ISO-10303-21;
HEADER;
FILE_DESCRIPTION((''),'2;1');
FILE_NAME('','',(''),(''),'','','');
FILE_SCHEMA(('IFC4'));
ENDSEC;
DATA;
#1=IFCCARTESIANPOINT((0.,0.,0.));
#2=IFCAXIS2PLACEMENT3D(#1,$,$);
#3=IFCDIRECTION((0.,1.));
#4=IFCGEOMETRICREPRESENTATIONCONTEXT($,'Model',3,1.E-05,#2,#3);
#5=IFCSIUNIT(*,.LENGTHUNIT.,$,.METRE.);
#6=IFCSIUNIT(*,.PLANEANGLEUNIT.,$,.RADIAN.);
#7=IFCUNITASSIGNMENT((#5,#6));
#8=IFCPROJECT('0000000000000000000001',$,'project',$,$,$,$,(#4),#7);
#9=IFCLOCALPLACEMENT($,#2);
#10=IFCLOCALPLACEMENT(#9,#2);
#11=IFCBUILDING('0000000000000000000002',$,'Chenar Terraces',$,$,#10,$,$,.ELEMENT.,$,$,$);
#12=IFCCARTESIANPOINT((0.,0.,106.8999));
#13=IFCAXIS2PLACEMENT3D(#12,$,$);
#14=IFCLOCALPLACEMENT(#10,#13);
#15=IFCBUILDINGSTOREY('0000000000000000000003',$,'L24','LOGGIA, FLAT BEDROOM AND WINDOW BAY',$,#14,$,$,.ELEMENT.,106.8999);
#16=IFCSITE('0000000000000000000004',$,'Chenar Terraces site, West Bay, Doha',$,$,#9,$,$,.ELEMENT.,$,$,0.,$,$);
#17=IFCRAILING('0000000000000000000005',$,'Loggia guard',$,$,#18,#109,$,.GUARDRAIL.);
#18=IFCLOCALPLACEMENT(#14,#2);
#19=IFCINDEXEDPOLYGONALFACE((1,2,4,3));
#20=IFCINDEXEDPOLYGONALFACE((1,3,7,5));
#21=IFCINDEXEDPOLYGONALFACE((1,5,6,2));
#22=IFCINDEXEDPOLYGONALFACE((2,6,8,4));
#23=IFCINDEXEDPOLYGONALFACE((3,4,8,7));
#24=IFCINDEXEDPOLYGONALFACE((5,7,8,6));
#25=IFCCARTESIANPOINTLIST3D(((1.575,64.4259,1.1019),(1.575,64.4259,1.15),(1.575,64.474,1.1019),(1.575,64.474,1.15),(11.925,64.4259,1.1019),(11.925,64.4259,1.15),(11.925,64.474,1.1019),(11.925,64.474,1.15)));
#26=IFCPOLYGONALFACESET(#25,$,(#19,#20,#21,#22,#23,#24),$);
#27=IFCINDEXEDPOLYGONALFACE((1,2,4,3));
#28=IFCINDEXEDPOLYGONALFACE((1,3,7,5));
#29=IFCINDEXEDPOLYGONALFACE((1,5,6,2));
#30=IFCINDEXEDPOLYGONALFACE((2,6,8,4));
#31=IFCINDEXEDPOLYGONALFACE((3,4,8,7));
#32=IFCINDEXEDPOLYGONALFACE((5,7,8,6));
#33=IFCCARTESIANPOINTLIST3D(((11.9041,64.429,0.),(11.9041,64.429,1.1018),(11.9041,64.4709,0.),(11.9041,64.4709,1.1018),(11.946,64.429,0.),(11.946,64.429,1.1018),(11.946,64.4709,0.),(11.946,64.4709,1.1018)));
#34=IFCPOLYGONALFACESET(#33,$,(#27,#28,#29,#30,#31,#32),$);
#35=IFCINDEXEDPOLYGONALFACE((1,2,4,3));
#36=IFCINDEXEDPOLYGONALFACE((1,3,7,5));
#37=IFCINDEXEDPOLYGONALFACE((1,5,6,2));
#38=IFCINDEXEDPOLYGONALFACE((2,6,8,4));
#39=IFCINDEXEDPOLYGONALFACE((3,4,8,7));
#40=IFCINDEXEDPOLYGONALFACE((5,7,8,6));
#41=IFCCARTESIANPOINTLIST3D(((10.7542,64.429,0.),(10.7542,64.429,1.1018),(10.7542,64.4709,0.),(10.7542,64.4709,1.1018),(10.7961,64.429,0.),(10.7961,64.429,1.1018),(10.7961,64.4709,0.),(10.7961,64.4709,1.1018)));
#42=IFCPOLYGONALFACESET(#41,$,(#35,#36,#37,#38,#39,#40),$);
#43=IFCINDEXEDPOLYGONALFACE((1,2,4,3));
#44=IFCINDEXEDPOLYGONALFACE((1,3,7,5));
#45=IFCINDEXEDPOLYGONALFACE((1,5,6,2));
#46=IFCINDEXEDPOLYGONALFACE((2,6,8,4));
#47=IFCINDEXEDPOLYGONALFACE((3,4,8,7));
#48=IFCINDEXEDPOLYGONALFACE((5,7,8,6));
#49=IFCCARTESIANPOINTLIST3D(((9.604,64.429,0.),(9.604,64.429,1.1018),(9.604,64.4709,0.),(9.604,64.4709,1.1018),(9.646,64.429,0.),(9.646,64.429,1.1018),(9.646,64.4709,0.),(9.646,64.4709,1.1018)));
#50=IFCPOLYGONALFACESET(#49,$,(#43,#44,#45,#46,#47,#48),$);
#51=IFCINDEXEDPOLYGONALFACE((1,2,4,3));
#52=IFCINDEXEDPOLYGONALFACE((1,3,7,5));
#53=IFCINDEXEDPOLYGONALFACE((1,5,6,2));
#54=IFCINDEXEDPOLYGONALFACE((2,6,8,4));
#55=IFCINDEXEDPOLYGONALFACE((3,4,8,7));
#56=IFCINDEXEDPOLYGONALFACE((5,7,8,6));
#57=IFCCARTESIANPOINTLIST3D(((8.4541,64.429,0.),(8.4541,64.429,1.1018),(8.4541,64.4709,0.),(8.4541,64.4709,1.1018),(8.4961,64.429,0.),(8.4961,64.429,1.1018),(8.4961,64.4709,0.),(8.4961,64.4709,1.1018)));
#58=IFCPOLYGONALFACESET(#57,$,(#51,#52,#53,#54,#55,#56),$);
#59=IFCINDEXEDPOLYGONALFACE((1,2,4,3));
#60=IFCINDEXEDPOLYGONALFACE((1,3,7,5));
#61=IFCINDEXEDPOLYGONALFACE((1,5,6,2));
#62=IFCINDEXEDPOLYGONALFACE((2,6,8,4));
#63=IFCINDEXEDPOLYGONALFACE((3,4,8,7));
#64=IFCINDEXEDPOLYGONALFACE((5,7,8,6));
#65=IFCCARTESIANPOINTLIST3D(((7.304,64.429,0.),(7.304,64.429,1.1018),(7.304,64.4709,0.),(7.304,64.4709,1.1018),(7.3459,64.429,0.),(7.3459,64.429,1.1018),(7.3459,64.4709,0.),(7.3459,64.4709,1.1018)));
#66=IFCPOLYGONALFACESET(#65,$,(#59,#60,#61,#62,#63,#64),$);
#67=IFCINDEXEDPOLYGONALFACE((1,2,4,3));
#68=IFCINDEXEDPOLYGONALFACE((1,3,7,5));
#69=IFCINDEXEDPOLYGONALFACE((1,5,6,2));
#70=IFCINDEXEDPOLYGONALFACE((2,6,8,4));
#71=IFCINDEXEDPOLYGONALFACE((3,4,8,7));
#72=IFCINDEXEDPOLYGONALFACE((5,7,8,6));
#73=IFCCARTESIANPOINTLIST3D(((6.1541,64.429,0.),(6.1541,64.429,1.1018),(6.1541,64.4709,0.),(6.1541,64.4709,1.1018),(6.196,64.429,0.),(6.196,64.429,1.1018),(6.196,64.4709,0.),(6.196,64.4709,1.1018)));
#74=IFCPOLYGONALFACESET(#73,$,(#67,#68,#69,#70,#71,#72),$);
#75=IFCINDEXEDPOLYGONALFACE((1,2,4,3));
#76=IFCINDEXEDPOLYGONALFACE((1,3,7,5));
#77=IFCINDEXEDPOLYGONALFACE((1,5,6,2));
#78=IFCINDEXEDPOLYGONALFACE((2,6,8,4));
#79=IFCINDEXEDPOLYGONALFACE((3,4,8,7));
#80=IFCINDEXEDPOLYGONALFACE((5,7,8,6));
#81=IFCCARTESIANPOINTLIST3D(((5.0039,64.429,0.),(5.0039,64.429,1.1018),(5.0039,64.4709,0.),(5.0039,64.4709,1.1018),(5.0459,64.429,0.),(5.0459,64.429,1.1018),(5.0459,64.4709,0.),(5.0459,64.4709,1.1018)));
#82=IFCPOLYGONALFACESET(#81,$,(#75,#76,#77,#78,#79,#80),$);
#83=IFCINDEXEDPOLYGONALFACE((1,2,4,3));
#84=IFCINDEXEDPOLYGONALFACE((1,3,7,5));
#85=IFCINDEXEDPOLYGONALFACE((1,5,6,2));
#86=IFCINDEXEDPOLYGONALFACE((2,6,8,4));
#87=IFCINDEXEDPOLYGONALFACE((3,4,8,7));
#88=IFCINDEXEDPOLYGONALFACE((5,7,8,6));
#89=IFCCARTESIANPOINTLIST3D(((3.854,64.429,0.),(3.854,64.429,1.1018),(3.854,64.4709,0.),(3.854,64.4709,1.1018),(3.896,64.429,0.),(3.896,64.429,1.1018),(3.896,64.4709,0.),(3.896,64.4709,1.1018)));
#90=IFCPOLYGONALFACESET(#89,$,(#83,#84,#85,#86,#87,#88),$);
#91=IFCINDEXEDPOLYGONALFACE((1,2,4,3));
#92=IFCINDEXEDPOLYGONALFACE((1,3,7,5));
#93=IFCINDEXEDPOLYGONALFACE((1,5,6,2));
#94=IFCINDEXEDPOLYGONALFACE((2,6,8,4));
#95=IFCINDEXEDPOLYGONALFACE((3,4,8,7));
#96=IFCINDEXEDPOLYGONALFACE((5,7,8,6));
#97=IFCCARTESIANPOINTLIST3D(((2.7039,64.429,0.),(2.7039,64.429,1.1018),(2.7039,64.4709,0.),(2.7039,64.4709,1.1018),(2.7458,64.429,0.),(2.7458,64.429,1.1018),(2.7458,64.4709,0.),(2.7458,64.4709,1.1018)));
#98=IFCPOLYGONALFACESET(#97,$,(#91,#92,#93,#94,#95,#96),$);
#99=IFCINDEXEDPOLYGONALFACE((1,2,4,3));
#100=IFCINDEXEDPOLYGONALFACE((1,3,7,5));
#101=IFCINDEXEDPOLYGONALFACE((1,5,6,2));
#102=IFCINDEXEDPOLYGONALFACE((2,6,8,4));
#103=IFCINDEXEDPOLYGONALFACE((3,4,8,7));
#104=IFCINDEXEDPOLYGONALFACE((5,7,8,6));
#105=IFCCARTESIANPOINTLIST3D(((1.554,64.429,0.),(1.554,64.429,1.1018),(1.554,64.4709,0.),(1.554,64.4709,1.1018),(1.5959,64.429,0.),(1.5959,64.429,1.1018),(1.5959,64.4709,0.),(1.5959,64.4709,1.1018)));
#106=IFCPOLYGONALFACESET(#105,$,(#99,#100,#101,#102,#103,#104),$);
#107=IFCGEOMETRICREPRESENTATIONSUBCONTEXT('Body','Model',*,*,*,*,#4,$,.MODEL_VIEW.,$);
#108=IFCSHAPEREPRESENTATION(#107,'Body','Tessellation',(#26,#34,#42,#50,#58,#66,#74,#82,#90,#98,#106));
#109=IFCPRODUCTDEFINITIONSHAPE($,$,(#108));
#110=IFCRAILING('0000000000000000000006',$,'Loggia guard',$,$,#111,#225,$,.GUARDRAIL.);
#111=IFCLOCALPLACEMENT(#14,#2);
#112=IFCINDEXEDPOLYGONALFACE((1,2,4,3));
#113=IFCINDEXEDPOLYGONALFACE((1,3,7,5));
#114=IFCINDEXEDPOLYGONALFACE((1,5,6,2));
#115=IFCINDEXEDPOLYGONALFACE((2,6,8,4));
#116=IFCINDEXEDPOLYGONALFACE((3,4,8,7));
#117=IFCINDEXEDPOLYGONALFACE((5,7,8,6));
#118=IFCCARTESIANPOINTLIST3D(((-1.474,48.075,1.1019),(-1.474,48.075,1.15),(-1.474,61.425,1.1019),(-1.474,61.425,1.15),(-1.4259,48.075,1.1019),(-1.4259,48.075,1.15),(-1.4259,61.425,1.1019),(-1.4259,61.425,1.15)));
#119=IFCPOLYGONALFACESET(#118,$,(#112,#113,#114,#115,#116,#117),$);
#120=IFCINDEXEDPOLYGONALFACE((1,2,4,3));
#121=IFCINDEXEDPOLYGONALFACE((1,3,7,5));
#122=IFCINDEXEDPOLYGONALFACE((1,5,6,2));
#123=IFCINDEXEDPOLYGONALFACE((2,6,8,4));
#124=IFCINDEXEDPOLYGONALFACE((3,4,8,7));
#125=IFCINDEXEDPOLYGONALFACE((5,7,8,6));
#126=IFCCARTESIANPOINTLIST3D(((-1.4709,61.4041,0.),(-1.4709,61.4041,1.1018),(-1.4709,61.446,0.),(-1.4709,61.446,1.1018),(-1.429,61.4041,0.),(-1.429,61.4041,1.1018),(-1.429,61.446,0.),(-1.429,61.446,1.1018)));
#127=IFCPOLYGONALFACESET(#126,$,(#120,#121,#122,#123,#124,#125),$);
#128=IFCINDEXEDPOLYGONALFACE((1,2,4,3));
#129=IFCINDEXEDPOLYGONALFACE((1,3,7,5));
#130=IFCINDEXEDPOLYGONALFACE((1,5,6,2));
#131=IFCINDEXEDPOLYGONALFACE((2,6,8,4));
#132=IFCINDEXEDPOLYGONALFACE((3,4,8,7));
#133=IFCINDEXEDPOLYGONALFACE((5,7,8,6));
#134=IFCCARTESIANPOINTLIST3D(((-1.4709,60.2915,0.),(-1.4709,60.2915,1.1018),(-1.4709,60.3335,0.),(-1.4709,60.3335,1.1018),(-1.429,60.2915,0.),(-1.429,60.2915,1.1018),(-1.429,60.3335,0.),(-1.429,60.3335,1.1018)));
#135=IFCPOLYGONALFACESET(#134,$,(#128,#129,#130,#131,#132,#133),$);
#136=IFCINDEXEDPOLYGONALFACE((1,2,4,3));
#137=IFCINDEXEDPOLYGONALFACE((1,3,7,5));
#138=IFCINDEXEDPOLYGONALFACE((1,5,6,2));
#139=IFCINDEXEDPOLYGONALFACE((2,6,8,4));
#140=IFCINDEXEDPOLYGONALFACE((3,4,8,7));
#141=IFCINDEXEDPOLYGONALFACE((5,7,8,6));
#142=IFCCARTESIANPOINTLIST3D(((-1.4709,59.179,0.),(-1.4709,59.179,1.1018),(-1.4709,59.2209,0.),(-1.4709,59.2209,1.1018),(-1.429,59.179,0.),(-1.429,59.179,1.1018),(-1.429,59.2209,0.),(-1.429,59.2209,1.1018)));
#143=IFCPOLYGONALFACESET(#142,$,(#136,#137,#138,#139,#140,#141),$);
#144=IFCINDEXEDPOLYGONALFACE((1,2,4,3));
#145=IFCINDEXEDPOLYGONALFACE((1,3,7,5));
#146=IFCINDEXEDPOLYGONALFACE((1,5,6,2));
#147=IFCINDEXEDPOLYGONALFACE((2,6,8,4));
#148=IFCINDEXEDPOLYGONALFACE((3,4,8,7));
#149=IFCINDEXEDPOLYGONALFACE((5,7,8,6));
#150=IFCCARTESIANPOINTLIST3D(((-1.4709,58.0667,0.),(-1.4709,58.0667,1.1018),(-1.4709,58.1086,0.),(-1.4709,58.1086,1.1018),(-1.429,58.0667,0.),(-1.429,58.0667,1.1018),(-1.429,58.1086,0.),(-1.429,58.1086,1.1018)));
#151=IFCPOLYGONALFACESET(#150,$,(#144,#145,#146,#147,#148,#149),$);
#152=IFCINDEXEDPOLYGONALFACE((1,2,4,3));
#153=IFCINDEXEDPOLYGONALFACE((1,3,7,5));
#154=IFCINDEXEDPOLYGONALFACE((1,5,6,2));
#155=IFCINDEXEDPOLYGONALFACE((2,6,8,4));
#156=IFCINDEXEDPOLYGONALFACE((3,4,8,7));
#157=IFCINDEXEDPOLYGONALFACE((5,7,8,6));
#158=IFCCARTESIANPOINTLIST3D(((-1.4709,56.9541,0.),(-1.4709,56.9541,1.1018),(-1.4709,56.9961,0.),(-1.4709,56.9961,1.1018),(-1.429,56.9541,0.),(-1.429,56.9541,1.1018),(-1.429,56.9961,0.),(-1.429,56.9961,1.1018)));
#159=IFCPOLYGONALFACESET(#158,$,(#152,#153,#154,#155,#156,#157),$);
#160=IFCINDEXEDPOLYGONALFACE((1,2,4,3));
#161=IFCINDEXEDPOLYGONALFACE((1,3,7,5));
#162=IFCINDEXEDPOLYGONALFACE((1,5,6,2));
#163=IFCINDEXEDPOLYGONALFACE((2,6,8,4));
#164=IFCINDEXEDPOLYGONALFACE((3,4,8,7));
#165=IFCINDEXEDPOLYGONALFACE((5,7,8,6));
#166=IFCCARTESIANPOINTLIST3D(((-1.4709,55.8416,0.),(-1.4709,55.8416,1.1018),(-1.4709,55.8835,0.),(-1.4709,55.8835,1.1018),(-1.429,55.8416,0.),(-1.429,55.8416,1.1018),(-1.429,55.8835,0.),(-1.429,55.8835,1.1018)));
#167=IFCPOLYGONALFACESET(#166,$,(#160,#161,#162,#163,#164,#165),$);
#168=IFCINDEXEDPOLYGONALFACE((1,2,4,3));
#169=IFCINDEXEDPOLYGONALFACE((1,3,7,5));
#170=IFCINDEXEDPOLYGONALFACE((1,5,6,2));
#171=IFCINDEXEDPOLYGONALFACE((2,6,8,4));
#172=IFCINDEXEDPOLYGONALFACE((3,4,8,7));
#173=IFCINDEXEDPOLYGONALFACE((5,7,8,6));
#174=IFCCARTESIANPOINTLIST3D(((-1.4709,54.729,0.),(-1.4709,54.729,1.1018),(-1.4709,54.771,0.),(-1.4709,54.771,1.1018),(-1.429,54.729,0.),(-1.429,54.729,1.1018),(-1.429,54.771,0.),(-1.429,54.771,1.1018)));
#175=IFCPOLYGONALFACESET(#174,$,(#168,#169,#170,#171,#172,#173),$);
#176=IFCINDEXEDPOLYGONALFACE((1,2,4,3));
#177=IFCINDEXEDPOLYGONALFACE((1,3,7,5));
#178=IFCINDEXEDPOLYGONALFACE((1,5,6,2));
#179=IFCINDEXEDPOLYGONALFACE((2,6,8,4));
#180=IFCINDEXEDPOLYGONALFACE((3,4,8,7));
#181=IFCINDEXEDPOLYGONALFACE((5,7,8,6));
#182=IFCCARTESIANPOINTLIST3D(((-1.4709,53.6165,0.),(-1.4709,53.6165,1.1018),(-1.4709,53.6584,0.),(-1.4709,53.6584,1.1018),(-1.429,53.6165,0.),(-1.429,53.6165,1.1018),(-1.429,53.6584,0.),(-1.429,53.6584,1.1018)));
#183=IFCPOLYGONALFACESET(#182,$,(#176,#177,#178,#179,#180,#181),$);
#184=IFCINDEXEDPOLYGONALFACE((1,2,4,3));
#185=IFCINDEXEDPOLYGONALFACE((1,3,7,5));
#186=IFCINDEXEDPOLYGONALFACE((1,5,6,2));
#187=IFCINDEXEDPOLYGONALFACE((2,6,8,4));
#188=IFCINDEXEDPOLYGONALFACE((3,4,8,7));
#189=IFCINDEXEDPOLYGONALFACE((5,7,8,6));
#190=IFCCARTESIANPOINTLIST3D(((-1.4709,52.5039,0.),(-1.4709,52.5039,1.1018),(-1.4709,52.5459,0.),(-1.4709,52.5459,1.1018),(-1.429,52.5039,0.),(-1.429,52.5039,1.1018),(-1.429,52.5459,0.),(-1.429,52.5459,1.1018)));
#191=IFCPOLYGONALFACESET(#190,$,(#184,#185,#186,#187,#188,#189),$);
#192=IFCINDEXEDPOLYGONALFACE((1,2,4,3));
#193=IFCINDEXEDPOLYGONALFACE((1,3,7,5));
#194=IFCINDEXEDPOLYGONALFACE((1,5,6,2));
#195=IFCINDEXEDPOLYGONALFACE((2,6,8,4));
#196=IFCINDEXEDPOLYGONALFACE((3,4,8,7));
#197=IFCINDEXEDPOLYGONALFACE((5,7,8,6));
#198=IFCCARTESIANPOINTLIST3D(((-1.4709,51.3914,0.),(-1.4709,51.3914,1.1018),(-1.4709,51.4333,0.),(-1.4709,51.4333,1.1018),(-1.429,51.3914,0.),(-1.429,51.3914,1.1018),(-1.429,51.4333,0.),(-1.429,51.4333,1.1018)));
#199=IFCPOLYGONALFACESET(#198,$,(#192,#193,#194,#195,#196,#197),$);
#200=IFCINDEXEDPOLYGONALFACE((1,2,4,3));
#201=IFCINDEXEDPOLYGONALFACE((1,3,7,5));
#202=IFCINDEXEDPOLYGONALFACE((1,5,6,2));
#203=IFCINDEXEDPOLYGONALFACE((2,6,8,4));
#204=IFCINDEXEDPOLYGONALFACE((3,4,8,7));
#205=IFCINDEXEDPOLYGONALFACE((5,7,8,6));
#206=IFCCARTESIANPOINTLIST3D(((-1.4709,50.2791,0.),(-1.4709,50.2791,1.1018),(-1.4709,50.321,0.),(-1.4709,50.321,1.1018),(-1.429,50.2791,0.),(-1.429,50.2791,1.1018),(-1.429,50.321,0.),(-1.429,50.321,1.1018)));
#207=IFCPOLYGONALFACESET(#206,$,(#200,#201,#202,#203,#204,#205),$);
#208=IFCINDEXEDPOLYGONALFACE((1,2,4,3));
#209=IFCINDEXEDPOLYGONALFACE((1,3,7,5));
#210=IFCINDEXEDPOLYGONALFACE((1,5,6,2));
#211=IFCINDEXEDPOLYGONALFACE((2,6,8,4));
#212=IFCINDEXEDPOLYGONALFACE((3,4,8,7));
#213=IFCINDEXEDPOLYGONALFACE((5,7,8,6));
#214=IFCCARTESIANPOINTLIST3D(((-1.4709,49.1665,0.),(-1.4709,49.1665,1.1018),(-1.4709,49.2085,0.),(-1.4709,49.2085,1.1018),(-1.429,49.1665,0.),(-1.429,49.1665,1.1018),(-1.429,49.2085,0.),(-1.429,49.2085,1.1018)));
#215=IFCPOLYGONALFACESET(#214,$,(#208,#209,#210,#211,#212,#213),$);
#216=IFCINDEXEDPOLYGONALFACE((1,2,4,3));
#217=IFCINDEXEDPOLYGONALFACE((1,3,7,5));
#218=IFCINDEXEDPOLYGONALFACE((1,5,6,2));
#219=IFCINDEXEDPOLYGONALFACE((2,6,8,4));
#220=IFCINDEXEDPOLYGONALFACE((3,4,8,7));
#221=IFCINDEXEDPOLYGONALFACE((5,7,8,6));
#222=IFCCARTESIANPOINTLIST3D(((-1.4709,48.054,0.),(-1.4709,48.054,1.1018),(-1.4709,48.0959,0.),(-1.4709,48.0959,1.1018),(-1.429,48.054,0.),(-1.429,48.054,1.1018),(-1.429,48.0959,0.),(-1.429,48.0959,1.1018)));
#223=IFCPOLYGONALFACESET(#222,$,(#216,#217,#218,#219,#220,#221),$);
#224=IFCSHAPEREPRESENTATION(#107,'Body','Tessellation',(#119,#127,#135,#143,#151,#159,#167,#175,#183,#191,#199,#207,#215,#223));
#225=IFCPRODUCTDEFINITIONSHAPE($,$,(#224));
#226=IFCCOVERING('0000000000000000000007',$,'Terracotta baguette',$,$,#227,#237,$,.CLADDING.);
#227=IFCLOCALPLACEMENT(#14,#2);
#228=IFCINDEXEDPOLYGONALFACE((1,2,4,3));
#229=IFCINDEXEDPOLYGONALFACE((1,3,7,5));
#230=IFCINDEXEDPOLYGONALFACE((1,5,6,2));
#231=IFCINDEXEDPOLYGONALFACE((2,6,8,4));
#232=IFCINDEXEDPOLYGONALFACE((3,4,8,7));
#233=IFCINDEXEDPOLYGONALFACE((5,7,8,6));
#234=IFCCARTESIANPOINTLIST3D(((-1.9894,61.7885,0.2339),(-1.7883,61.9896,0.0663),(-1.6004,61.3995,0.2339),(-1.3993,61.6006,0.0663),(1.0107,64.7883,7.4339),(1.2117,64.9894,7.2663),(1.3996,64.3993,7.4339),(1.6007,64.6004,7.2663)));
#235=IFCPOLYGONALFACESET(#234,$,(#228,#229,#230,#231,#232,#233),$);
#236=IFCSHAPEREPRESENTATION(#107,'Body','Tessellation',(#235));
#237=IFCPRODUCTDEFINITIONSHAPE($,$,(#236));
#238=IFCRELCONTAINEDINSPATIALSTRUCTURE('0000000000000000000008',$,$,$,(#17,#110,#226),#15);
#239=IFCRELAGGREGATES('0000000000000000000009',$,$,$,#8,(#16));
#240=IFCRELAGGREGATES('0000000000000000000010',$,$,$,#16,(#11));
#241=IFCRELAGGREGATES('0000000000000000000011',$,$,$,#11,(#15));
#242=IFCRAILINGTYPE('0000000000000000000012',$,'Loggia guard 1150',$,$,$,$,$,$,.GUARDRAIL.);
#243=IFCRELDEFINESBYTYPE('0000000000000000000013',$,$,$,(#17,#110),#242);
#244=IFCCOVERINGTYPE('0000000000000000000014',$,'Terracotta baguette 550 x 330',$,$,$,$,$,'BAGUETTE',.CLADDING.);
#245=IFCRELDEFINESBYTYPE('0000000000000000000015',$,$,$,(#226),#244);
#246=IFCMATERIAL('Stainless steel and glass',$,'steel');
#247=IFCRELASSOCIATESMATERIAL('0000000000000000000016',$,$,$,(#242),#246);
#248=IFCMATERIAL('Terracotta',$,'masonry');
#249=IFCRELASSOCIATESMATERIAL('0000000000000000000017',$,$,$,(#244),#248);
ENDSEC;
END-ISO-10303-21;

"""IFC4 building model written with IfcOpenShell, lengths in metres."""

from ifc_helpers import new_model, si_unit, direction, frame, origin, origin_2d, place, context, subcontext, project, spatial, rectangle, extrude, material, material_profile, profile_set, type_object, element, save


model = new_model("IFC4")

# Units and contexts
model_context = context("Model", 3, precision=1e-05, world=origin(), true_north=direction((0.0, 1.0)))
body_context = subcontext(model_context, "Body", "Model", "MODEL_VIEW")
ifc_project = project(units=[si_unit("LENGTHUNIT", "METRE"), si_unit("PLANEANGLEUNIT", "RADIAN")], contexts=[model_context])

# Site, building, storey
site_placement = place(None, origin())
site = spatial("IfcSite", under=ifc_project, at=site_placement, Name="Chenar Terraces site, West Bay, Doha", CompositionType="ELEMENT", RefElevation=0.0)
building_placement = place(site_placement, origin())
building = spatial("IfcBuilding", under=site, at=building_placement, Name="Chenar Terraces", CompositionType="ELEMENT")
storey_placement = place(building_placement, frame((0.0, 0.0, 106.8999)))
storey = spatial("IfcBuildingStorey", under=building, at=storey_placement, Name="L24", Description="LOGGIA, FLAT BEDROOM AND WINDOW BAY", CompositionType="ELEMENT", Elevation=106.8999)

# Railings
ifc_material_1 = material(Name="Stainless steel and glass", Category="steel")
railing_type = type_object("IfcRailingType", Name="Loggia guard 1150", PredefinedType="GUARDRAIL", material=ifc_material_1)
railing_1_placement = place(storey_placement, frame((11.925, 64.45, 0.0)))
element("IfcRailing", 1, at=railing_1_placement, inside=storey, type_object=railing_type, Name="Loggia guard", PredefinedType="GUARDRAIL", context=body_context, shape_type="SweptSolid", body=[
    extrude(rectangle(XDim=0.0481, YDim=0.0481, at=origin_2d()), frame((0.0, 0.0, 1.126), z_axis=(-1.0, 0.0, 0.0), x_axis=(0.0, -1.0, 0.0)), (0.0, 0.0, 1.0), 10.3501),
    extrude(rectangle(XDim=0.042, YDim=0.042, at=origin_2d()), origin(), (0.0, 0.0, 1.0), 1.1018),
    extrude(rectangle(XDim=0.042, YDim=0.042, at=origin_2d()), frame((-1.1499, 0.0, 0.0)), (0.0, 0.0, 1.0), 1.1018),
    extrude(rectangle(XDim=0.042, YDim=0.042, at=origin_2d()), frame((-2.3, 0.0, 0.0)), (0.0, 0.0, 1.0), 1.1018),
    extrude(rectangle(XDim=0.042, YDim=0.042, at=origin_2d()), frame((-3.45, 0.0, 0.0)), (0.0, 0.0, 1.0), 1.1018),
    extrude(rectangle(XDim=0.042, YDim=0.042, at=origin_2d()), frame((-4.6001, 0.0, 0.0)), (0.0, 0.0, 1.0), 1.1018),
    extrude(rectangle(XDim=0.042, YDim=0.042, at=origin_2d()), frame((-5.75, 0.0, 0.0)), (0.0, 0.0, 1.0), 1.1018),
    extrude(rectangle(XDim=0.042, YDim=0.042, at=origin_2d()), frame((-6.9001, 0.0, 0.0)), (0.0, 0.0, 1.0), 1.1018),
    extrude(rectangle(XDim=0.042, YDim=0.042, at=origin_2d()), frame((-8.05, 0.0, 0.0)), (0.0, 0.0, 1.0), 1.1018),
    extrude(rectangle(XDim=0.042, YDim=0.042, at=origin_2d()), frame((-9.2002, 0.0, 0.0)), (0.0, 0.0, 1.0), 1.1018),
    extrude(rectangle(XDim=0.042, YDim=0.042, at=origin_2d()), frame((-10.3501, 0.0, 0.0)), (0.0, 0.0, 1.0), 1.1018),
])
railing_2_placement = place(storey_placement, frame((-1.45, 61.425, 0.0)))
element("IfcRailing", 2, at=railing_2_placement, inside=storey, type_object=railing_type, Name="Loggia guard", PredefinedType="GUARDRAIL", context=body_context, shape_type="SweptSolid", body=[
    extrude(rectangle(XDim=0.0481, YDim=0.0481, at=origin_2d()), frame((0.0, 0.0, 1.126), z_axis=(0.0, -1.0, 0.0), x_axis=(1.0, 0.0, 0.0)), (0.0, 0.0, 1.0), 13.3501),
    extrude(rectangle(XDim=0.042, YDim=0.042, at=origin_2d()), origin(), (0.0, 0.0, 1.0), 1.1018),
    extrude(rectangle(XDim=0.042, YDim=0.042, at=origin_2d()), frame((0.0, -1.1125, 0.0)), (0.0, 0.0, 1.0), 1.1018),
    extrude(rectangle(XDim=0.042, YDim=0.042, at=origin_2d()), frame((0.0, -2.2251, 0.0)), (0.0, 0.0, 1.0), 1.1018),
    extrude(rectangle(XDim=0.042, YDim=0.042, at=origin_2d()), frame((0.0, -3.3374, 0.0)), (0.0, 0.0, 1.0), 1.1018),
    extrude(rectangle(XDim=0.042, YDim=0.042, at=origin_2d()), frame((0.0, -4.45, 0.0)), (0.0, 0.0, 1.0), 1.1018),
    extrude(rectangle(XDim=0.042, YDim=0.042, at=origin_2d()), frame((0.0, -5.5625, 0.0)), (0.0, 0.0, 1.0), 1.1018),
    extrude(rectangle(XDim=0.042, YDim=0.042, at=origin_2d()), frame((0.0, -6.675, 0.0)), (0.0, 0.0, 1.0), 1.1018),
    extrude(rectangle(XDim=0.042, YDim=0.042, at=origin_2d()), frame((0.0, -7.7876, 0.0)), (0.0, 0.0, 1.0), 1.1018),
    extrude(rectangle(XDim=0.042, YDim=0.042, at=origin_2d()), frame((0.0, -8.9001, 0.0)), (0.0, 0.0, 1.0), 1.1018),
    extrude(rectangle(XDim=0.042, YDim=0.042, at=origin_2d()), frame((0.0, -10.0127, 0.0)), (0.0, 0.0, 1.0), 1.1018),
    extrude(rectangle(XDim=0.042, YDim=0.042, at=origin_2d()), frame((0.0, -11.125, 0.0)), (0.0, 0.0, 1.0), 1.1018),
    extrude(rectangle(XDim=0.042, YDim=0.042, at=origin_2d()), frame((0.0, -12.2375, 0.0)), (0.0, 0.0, 1.0), 1.1018),
    extrude(rectangle(XDim=0.042, YDim=0.042, at=origin_2d()), frame((0.0, -13.3501, 0.0)), (0.0, 0.0, 1.0), 1.1018),
])

# Covering
ifc_material_2 = material(Name="Terracotta", Category="masonry")
ifc_material_profile_1 = material_profile(ifc_material_2, rectangle(XDim=0.55, YDim=0.3301, at=origin_2d()), Name="Terracotta baguette 550 x 330")
ifc_profile_set_1 = profile_set([ifc_material_profile_1], Name="Terracotta")
covering_type = type_object("IfcCoveringType", Name="Terracotta baguette 550 x 330", ElementType="BAGUETTE", PredefinedType="CLADDING", material=ifc_profile_set_1)
covering_placement = place(storey_placement, frame((1.3057, 64.6943, 7.3501), z_axis=(-0.358985, -0.358955, -0.861557), x_axis=(0.707078, -0.707136, 0.0)))
element("IfcCovering", 3, at=covering_placement, inside=storey, type_object=covering_type, Name="Terracotta baguette", PredefinedType="CLADDING", context=body_context, shape_type="SweptSolid", body=[
    extrude(rectangle(XDim=0.55, YDim=0.3301, at=origin_2d()), origin(), (0.0, 0.0, 1.0), 8.3569),
])

save(model, "model.ifc")
